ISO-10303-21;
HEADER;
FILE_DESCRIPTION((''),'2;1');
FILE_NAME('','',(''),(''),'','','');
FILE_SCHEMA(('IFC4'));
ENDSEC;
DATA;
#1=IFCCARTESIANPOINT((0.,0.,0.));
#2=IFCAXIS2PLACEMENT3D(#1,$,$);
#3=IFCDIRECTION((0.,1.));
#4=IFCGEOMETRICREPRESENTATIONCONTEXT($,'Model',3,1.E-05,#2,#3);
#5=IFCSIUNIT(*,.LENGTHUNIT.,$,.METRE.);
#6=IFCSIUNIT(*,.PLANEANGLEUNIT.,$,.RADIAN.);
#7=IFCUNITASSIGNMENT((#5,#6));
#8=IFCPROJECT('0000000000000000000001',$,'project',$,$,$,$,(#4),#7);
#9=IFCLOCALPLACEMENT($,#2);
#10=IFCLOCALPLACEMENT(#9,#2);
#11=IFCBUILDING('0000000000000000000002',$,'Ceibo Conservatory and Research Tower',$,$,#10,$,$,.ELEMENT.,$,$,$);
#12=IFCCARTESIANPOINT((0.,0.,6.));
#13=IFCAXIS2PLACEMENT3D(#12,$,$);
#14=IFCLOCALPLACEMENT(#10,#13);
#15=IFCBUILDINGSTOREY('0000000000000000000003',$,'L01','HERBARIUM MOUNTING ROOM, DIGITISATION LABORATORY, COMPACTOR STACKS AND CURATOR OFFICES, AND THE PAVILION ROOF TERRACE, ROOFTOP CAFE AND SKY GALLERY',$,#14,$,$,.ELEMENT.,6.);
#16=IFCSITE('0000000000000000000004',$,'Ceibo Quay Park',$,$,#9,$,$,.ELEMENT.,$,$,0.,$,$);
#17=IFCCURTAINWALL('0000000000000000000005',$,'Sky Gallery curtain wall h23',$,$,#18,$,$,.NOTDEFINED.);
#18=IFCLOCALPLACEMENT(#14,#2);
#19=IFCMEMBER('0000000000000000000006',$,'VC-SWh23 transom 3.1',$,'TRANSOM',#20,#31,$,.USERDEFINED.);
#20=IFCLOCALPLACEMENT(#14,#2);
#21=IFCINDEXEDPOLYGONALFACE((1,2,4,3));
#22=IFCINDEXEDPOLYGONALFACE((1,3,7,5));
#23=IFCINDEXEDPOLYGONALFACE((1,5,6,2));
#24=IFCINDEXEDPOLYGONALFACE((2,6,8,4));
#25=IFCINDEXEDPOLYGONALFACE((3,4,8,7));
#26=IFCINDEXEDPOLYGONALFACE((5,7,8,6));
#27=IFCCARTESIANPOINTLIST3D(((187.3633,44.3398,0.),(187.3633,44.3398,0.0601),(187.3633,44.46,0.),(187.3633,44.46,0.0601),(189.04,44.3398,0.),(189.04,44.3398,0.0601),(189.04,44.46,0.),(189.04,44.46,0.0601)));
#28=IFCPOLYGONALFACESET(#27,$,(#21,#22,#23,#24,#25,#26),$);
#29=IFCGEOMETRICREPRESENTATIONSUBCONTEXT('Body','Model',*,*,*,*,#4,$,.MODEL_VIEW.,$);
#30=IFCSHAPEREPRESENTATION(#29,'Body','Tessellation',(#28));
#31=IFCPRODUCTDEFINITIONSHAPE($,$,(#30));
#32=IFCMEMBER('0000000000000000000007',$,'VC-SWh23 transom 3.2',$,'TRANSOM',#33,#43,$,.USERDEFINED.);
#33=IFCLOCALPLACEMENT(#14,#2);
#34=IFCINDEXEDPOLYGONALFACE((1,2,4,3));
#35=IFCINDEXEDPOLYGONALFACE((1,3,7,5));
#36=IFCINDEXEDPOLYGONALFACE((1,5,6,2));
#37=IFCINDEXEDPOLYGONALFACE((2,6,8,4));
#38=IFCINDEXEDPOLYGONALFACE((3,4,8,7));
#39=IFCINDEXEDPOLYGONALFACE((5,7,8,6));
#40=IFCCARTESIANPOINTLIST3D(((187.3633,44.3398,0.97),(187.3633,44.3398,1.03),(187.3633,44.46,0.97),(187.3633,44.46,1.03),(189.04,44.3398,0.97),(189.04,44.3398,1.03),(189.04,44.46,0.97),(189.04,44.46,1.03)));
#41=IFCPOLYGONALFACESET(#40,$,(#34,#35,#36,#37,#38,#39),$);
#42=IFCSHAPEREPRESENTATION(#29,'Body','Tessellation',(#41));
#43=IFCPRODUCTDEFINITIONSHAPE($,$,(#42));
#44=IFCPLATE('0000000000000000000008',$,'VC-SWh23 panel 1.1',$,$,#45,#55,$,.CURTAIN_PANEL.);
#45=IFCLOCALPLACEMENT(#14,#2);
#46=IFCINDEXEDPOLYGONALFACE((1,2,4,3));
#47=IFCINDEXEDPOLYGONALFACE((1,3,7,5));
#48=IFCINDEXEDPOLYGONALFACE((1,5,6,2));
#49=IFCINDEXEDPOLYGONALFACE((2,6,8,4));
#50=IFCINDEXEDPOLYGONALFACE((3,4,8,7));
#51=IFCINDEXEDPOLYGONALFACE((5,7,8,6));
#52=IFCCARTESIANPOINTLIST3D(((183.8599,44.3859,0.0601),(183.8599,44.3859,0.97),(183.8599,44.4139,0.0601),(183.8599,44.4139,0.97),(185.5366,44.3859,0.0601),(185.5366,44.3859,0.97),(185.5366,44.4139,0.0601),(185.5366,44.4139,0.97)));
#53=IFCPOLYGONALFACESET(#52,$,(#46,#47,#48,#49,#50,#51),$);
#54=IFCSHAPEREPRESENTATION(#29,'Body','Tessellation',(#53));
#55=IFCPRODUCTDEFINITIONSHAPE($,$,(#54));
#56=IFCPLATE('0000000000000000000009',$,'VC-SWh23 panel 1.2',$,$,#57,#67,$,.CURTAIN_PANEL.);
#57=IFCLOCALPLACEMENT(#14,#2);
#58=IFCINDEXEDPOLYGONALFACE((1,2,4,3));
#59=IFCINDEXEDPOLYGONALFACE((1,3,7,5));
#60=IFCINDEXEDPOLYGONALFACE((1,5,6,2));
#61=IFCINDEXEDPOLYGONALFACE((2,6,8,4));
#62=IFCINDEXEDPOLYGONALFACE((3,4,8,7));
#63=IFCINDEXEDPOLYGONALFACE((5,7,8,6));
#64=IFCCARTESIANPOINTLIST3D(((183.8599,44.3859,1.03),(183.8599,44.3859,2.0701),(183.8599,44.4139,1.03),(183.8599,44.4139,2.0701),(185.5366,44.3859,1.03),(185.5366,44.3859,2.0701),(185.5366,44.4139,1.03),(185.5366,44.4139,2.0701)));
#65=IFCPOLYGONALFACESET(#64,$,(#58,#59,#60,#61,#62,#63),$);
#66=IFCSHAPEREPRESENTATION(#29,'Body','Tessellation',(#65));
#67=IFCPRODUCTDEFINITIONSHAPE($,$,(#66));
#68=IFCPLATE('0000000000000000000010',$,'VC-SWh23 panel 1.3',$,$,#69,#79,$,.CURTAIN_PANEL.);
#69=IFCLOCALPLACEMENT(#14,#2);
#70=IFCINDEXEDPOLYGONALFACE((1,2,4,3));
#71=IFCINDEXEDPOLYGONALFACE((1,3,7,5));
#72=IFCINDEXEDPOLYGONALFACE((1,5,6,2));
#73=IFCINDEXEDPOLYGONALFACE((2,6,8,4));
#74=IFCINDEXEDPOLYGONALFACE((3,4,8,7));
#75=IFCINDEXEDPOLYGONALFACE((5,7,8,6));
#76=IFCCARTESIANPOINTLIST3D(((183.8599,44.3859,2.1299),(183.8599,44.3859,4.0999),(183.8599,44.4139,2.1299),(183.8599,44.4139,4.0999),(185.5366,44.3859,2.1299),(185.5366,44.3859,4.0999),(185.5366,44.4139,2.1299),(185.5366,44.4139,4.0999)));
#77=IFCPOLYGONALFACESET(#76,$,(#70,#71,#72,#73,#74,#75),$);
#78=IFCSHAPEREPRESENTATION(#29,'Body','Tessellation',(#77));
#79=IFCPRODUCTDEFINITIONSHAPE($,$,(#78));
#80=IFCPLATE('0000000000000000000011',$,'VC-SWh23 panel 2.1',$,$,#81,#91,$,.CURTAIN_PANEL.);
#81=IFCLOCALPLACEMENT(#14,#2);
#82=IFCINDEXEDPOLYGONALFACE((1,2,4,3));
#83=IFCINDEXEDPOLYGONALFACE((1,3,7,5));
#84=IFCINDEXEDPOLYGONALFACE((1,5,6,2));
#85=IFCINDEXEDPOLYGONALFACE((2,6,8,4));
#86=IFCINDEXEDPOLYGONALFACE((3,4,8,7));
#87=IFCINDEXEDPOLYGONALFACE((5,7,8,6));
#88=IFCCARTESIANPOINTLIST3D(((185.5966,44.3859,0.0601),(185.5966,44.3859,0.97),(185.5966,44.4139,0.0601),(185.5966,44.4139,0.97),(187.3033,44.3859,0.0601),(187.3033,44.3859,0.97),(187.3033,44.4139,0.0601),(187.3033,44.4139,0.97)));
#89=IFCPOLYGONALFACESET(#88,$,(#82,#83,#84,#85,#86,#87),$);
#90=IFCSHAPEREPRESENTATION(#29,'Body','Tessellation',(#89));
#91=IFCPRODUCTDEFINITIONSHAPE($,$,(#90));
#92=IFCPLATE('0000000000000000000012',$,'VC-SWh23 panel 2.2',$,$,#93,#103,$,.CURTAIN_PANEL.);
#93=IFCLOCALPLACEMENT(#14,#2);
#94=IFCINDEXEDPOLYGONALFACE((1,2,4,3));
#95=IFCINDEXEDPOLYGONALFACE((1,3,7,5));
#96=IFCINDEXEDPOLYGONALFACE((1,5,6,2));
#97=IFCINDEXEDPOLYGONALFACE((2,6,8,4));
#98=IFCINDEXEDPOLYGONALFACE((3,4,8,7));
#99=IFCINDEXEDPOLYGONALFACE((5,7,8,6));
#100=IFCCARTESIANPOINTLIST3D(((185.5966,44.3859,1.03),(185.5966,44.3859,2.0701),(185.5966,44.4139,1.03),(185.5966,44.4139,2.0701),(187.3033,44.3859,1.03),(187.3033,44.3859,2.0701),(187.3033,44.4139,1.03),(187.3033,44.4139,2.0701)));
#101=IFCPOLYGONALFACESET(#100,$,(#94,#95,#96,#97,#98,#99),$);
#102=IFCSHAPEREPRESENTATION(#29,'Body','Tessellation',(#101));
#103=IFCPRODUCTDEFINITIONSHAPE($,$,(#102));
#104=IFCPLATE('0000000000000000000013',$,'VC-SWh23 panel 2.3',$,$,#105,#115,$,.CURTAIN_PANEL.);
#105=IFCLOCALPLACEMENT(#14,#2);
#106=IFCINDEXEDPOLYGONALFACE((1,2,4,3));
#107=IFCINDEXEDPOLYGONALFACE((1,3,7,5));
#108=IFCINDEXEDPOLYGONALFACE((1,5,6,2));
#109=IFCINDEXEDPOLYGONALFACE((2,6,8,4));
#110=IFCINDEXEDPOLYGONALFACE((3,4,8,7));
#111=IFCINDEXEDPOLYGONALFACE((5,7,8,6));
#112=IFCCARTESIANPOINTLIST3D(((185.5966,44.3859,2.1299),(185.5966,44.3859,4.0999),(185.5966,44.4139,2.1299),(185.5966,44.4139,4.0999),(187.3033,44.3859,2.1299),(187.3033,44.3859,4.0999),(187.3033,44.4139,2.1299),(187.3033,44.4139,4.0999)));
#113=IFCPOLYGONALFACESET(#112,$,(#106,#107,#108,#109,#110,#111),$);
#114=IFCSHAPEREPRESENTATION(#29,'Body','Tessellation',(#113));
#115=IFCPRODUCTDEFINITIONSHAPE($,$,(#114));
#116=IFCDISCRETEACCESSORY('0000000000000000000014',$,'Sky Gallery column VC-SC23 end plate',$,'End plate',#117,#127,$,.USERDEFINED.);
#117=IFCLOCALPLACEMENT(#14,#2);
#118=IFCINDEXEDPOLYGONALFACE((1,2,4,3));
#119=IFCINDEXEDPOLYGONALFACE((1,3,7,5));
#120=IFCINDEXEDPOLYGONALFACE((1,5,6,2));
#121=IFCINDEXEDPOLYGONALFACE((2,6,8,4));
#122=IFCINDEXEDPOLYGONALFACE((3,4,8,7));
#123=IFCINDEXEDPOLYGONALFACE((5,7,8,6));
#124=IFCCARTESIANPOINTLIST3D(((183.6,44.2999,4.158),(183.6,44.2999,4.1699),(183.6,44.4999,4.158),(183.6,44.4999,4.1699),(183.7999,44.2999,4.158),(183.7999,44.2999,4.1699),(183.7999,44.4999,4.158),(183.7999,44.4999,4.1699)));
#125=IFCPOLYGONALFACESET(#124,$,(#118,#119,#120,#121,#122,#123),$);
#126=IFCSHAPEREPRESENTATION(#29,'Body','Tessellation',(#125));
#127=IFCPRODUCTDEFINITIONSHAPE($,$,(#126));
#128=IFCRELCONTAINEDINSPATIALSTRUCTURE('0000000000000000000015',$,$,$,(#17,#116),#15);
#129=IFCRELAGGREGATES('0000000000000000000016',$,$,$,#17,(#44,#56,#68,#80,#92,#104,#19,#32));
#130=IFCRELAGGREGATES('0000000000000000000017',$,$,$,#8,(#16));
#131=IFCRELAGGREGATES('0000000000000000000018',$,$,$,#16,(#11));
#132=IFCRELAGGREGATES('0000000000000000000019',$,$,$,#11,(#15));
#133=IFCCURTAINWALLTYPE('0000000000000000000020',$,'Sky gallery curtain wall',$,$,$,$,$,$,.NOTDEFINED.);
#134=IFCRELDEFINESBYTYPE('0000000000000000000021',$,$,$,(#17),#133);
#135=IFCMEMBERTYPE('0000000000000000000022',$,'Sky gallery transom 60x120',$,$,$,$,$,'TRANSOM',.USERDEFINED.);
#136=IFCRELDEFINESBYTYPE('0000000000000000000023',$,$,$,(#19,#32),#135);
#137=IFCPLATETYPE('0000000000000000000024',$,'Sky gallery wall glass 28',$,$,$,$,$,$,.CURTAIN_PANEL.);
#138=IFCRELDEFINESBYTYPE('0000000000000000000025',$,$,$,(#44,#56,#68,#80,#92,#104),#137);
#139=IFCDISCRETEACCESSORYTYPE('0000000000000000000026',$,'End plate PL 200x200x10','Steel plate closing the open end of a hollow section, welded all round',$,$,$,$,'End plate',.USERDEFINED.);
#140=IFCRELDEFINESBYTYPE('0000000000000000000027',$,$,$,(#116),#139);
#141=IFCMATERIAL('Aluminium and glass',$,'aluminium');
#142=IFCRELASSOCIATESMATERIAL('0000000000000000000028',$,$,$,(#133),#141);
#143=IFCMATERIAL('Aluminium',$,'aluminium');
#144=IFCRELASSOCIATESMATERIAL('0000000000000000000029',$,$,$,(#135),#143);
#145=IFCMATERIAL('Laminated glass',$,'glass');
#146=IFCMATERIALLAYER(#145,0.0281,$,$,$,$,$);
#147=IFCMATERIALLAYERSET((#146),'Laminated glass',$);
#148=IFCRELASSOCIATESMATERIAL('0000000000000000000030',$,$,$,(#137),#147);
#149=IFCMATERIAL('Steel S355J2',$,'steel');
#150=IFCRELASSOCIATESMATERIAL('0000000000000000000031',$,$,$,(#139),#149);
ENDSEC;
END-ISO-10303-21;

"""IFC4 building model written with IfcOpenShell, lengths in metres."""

from ifc_helpers import new_model, si_unit, direction, frame, origin, origin_2d, place, context, subcontext, project, spatial, rectangle, extrude, material, layer, layer_set, material_profile, profile_set, type_object, element, aggregate, save


model = new_model("IFC4")

# Units and contexts
model_context = context("Model", 3, precision=1e-05, world=origin(), true_north=direction((0.0, 1.0)))
body_context = subcontext(model_context, "Body", "Model", "MODEL_VIEW")
ifc_project = project(units=[si_unit("LENGTHUNIT", "METRE"), si_unit("PLANEANGLEUNIT", "RADIAN")], contexts=[model_context])

# Site, building, storey
site_placement = place(None, origin())
site = spatial("IfcSite", under=ifc_project, at=site_placement, Name="Ceibo Quay Park", CompositionType="ELEMENT", RefElevation=0.0)
building_placement = place(site_placement, origin())
building = spatial("IfcBuilding", under=site, at=building_placement, Name="Ceibo Conservatory and Research Tower", CompositionType="ELEMENT")
storey_placement = place(building_placement, frame((0.0, 0.0, 6.0)))
storey = spatial("IfcBuildingStorey", under=building, at=storey_placement, Name="L01", Description="HERBARIUM MOUNTING ROOM, DIGITISATION LABORATORY, COMPACTOR STACKS AND CURATOR OFFICES, AND THE PAVILION ROOF TERRACE, ROOFTOP CAFE AND SKY GALLERY", CompositionType="ELEMENT", Elevation=6.0)

# Shared definitions
ifc_material_1 = material(Name="Steel S355J2", Category="steel")

# Curtain wall, members, plates
ifc_material_2 = material(Name="Aluminium and glass", Category="aluminium")
curtain_wall_type = type_object("IfcCurtainWallType", Name="Sky gallery curtain wall", PredefinedType="NOTDEFINED", material=ifc_material_2)
curtain_wall_placement = place(storey_placement, origin())
curtain_wall = element("IfcCurtainWall", 1, at=curtain_wall_placement, inside=storey, type_object=curtain_wall_type, Name="Sky Gallery curtain wall h23", PredefinedType="NOTDEFINED")
ifc_material_3 = material(Name="Aluminium", Category="aluminium")
ifc_material_profile_1 = material_profile(ifc_material_3, rectangle(XDim=0.1201, YDim=0.0601, at=origin_2d()), Name="AL 60x120")
ifc_profile_set_1 = profile_set([ifc_material_profile_1], Name="Aluminium")
member_type_1 = type_object("IfcMemberType", Name="Sky gallery transom 60x120", ElementType="TRANSOM", PredefinedType="USERDEFINED", material=ifc_profile_set_1)
member_1_placement = place(storey_placement, frame((187.3633, 44.3999, 0.03), z_axis=(1.0, 0.0, 0.0), x_axis=(0.0, 1.0, 0.0)))
member_1 = element("IfcMember", 2, at=member_1_placement, type_object=member_type_1, Name="VC-SWh23 transom 3.1", ObjectType="TRANSOM", PredefinedType="USERDEFINED", context=body_context, shape_type="SweptSolid", body=[
    extrude(rectangle(XDim=0.1201, YDim=0.0601, at=origin_2d()), origin(), (0.0, 0.0, 1.0), 1.6768),
])
member_2_placement = place(storey_placement, frame((187.3633, 44.3999, 1.0), z_axis=(1.0, 0.0, 0.0), x_axis=(0.0, 1.0, 0.0)))
member_2 = element("IfcMember", 3, at=member_2_placement, type_object=member_type_1, Name="VC-SWh23 transom 3.2", ObjectType="TRANSOM", PredefinedType="USERDEFINED", context=body_context, shape_type="SweptSolid", body=[
    extrude(rectangle(XDim=0.1201, YDim=0.0601, at=origin_2d()), origin(), (0.0, 0.0, 1.0), 1.6768),
])
ifc_material_4 = material(Name="Laminated glass", Category="glass")
ifc_layer = layer(ifc_material_4, 0.0281)
ifc_layer_set = layer_set([ifc_layer], Name="Laminated glass")
plate_type = type_object("IfcPlateType", Name="Sky gallery wall glass 28", PredefinedType="CURTAIN_PANEL", material=ifc_layer_set)
plate_1_placement = place(storey_placement, frame((184.6982, 44.3999, 0.0601), z_axis=(0.0, 0.0, 1.0), x_axis=(1.0, 0.0, 0.0)))
plate_1 = element("IfcPlate", 4, at=plate_1_placement, type_object=plate_type, Name="VC-SWh23 panel 1.1", PredefinedType="CURTAIN_PANEL", context=body_context, shape_type="SweptSolid", body=[
    extrude(rectangle(XDim=1.6768, YDim=0.0281, at=origin_2d()), origin(), (0.0, 0.0, 1.0), 0.9099),
])
plate_2_placement = place(storey_placement, frame((184.6982, 44.3999, 1.03), z_axis=(0.0, 0.0, 1.0), x_axis=(1.0, 0.0, 0.0)))
plate_2 = element("IfcPlate", 5, at=plate_2_placement, type_object=plate_type, Name="VC-SWh23 panel 1.2", PredefinedType="CURTAIN_PANEL", context=body_context, shape_type="SweptSolid", body=[
    extrude(rectangle(XDim=1.6768, YDim=0.0281, at=origin_2d()), origin(), (0.0, 0.0, 1.0), 1.04),
])
plate_3_placement = place(storey_placement, frame((184.6982, 44.3999, 2.1299), z_axis=(0.0, 0.0, 1.0), x_axis=(1.0, 0.0, 0.0)))
plate_3 = element("IfcPlate", 6, at=plate_3_placement, type_object=plate_type, Name="VC-SWh23 panel 1.3", PredefinedType="CURTAIN_PANEL", context=body_context, shape_type="SweptSolid", body=[
    extrude(rectangle(XDim=1.6768, YDim=0.0281, at=origin_2d()), origin(), (0.0, 0.0, 1.0), 1.97),
])
plate_4_placement = place(storey_placement, frame((186.45, 44.3999, 0.0601), z_axis=(0.0, 0.0, 1.0), x_axis=(1.0, 0.0, 0.0)))
plate_4 = element("IfcPlate", 7, at=plate_4_placement, type_object=plate_type, Name="VC-SWh23 panel 2.1", PredefinedType="CURTAIN_PANEL", context=body_context, shape_type="SweptSolid", body=[
    extrude(rectangle(XDim=1.7068, YDim=0.0281, at=origin_2d()), origin(), (0.0, 0.0, 1.0), 0.9099),
])
plate_5_placement = place(storey_placement, frame((186.45, 44.3999, 1.03), z_axis=(0.0, 0.0, 1.0), x_axis=(1.0, 0.0, 0.0)))
plate_5 = element("IfcPlate", 8, at=plate_5_placement, type_object=plate_type, Name="VC-SWh23 panel 2.2", PredefinedType="CURTAIN_PANEL", context=body_context, shape_type="SweptSolid", body=[
    extrude(rectangle(XDim=1.7068, YDim=0.0281, at=origin_2d()), origin(), (0.0, 0.0, 1.0), 1.04),
])
plate_6_placement = place(storey_placement, frame((186.45, 44.3999, 2.1299), z_axis=(0.0, 0.0, 1.0), x_axis=(1.0, 0.0, 0.0)))
plate_6 = element("IfcPlate", 9, at=plate_6_placement, type_object=plate_type, Name="VC-SWh23 panel 2.3", PredefinedType="CURTAIN_PANEL", context=body_context, shape_type="SweptSolid", body=[
    extrude(rectangle(XDim=1.7068, YDim=0.0281, at=origin_2d()), origin(), (0.0, 0.0, 1.0), 1.97),
])
aggregate(curtain_wall, [plate_1, plate_2, plate_3, plate_4, plate_5, plate_6, member_1, member_2])

# Discrete accessory
ifc_material_profile_2 = material_profile(ifc_material_1, rectangle(XDim=0.2, YDim=0.2, at=origin_2d()), Name="End plate PL 200x200x10")
ifc_profile_set_2 = profile_set([ifc_material_profile_2], Name="Steel S355J2")
discrete_accessory_type = type_object("IfcDiscreteAccessoryType", Name="End plate PL 200x200x10", Description="Steel plate closing the open end of a hollow section, welded all round", ElementType="End plate", PredefinedType="USERDEFINED", material=ifc_profile_set_2)
discrete_accessory_placement = place(storey_placement, frame((183.7, 44.3999, 4.158), z_axis=(0.0, 0.0, 1.0), x_axis=(1.0, 0.0, 0.0)))
element("IfcDiscreteAccessory", 10, at=discrete_accessory_placement, inside=storey, type_object=discrete_accessory_type, Name="Sky Gallery column VC-SC23 end plate", ObjectType="End plate", PredefinedType="USERDEFINED", context=body_context, shape_type="SweptSolid", body=[
    extrude(rectangle(XDim=0.2, YDim=0.2, at=origin_2d()), origin(), (0.0, 0.0, 1.0), 0.012),
])

save(model, "model.ifc")
